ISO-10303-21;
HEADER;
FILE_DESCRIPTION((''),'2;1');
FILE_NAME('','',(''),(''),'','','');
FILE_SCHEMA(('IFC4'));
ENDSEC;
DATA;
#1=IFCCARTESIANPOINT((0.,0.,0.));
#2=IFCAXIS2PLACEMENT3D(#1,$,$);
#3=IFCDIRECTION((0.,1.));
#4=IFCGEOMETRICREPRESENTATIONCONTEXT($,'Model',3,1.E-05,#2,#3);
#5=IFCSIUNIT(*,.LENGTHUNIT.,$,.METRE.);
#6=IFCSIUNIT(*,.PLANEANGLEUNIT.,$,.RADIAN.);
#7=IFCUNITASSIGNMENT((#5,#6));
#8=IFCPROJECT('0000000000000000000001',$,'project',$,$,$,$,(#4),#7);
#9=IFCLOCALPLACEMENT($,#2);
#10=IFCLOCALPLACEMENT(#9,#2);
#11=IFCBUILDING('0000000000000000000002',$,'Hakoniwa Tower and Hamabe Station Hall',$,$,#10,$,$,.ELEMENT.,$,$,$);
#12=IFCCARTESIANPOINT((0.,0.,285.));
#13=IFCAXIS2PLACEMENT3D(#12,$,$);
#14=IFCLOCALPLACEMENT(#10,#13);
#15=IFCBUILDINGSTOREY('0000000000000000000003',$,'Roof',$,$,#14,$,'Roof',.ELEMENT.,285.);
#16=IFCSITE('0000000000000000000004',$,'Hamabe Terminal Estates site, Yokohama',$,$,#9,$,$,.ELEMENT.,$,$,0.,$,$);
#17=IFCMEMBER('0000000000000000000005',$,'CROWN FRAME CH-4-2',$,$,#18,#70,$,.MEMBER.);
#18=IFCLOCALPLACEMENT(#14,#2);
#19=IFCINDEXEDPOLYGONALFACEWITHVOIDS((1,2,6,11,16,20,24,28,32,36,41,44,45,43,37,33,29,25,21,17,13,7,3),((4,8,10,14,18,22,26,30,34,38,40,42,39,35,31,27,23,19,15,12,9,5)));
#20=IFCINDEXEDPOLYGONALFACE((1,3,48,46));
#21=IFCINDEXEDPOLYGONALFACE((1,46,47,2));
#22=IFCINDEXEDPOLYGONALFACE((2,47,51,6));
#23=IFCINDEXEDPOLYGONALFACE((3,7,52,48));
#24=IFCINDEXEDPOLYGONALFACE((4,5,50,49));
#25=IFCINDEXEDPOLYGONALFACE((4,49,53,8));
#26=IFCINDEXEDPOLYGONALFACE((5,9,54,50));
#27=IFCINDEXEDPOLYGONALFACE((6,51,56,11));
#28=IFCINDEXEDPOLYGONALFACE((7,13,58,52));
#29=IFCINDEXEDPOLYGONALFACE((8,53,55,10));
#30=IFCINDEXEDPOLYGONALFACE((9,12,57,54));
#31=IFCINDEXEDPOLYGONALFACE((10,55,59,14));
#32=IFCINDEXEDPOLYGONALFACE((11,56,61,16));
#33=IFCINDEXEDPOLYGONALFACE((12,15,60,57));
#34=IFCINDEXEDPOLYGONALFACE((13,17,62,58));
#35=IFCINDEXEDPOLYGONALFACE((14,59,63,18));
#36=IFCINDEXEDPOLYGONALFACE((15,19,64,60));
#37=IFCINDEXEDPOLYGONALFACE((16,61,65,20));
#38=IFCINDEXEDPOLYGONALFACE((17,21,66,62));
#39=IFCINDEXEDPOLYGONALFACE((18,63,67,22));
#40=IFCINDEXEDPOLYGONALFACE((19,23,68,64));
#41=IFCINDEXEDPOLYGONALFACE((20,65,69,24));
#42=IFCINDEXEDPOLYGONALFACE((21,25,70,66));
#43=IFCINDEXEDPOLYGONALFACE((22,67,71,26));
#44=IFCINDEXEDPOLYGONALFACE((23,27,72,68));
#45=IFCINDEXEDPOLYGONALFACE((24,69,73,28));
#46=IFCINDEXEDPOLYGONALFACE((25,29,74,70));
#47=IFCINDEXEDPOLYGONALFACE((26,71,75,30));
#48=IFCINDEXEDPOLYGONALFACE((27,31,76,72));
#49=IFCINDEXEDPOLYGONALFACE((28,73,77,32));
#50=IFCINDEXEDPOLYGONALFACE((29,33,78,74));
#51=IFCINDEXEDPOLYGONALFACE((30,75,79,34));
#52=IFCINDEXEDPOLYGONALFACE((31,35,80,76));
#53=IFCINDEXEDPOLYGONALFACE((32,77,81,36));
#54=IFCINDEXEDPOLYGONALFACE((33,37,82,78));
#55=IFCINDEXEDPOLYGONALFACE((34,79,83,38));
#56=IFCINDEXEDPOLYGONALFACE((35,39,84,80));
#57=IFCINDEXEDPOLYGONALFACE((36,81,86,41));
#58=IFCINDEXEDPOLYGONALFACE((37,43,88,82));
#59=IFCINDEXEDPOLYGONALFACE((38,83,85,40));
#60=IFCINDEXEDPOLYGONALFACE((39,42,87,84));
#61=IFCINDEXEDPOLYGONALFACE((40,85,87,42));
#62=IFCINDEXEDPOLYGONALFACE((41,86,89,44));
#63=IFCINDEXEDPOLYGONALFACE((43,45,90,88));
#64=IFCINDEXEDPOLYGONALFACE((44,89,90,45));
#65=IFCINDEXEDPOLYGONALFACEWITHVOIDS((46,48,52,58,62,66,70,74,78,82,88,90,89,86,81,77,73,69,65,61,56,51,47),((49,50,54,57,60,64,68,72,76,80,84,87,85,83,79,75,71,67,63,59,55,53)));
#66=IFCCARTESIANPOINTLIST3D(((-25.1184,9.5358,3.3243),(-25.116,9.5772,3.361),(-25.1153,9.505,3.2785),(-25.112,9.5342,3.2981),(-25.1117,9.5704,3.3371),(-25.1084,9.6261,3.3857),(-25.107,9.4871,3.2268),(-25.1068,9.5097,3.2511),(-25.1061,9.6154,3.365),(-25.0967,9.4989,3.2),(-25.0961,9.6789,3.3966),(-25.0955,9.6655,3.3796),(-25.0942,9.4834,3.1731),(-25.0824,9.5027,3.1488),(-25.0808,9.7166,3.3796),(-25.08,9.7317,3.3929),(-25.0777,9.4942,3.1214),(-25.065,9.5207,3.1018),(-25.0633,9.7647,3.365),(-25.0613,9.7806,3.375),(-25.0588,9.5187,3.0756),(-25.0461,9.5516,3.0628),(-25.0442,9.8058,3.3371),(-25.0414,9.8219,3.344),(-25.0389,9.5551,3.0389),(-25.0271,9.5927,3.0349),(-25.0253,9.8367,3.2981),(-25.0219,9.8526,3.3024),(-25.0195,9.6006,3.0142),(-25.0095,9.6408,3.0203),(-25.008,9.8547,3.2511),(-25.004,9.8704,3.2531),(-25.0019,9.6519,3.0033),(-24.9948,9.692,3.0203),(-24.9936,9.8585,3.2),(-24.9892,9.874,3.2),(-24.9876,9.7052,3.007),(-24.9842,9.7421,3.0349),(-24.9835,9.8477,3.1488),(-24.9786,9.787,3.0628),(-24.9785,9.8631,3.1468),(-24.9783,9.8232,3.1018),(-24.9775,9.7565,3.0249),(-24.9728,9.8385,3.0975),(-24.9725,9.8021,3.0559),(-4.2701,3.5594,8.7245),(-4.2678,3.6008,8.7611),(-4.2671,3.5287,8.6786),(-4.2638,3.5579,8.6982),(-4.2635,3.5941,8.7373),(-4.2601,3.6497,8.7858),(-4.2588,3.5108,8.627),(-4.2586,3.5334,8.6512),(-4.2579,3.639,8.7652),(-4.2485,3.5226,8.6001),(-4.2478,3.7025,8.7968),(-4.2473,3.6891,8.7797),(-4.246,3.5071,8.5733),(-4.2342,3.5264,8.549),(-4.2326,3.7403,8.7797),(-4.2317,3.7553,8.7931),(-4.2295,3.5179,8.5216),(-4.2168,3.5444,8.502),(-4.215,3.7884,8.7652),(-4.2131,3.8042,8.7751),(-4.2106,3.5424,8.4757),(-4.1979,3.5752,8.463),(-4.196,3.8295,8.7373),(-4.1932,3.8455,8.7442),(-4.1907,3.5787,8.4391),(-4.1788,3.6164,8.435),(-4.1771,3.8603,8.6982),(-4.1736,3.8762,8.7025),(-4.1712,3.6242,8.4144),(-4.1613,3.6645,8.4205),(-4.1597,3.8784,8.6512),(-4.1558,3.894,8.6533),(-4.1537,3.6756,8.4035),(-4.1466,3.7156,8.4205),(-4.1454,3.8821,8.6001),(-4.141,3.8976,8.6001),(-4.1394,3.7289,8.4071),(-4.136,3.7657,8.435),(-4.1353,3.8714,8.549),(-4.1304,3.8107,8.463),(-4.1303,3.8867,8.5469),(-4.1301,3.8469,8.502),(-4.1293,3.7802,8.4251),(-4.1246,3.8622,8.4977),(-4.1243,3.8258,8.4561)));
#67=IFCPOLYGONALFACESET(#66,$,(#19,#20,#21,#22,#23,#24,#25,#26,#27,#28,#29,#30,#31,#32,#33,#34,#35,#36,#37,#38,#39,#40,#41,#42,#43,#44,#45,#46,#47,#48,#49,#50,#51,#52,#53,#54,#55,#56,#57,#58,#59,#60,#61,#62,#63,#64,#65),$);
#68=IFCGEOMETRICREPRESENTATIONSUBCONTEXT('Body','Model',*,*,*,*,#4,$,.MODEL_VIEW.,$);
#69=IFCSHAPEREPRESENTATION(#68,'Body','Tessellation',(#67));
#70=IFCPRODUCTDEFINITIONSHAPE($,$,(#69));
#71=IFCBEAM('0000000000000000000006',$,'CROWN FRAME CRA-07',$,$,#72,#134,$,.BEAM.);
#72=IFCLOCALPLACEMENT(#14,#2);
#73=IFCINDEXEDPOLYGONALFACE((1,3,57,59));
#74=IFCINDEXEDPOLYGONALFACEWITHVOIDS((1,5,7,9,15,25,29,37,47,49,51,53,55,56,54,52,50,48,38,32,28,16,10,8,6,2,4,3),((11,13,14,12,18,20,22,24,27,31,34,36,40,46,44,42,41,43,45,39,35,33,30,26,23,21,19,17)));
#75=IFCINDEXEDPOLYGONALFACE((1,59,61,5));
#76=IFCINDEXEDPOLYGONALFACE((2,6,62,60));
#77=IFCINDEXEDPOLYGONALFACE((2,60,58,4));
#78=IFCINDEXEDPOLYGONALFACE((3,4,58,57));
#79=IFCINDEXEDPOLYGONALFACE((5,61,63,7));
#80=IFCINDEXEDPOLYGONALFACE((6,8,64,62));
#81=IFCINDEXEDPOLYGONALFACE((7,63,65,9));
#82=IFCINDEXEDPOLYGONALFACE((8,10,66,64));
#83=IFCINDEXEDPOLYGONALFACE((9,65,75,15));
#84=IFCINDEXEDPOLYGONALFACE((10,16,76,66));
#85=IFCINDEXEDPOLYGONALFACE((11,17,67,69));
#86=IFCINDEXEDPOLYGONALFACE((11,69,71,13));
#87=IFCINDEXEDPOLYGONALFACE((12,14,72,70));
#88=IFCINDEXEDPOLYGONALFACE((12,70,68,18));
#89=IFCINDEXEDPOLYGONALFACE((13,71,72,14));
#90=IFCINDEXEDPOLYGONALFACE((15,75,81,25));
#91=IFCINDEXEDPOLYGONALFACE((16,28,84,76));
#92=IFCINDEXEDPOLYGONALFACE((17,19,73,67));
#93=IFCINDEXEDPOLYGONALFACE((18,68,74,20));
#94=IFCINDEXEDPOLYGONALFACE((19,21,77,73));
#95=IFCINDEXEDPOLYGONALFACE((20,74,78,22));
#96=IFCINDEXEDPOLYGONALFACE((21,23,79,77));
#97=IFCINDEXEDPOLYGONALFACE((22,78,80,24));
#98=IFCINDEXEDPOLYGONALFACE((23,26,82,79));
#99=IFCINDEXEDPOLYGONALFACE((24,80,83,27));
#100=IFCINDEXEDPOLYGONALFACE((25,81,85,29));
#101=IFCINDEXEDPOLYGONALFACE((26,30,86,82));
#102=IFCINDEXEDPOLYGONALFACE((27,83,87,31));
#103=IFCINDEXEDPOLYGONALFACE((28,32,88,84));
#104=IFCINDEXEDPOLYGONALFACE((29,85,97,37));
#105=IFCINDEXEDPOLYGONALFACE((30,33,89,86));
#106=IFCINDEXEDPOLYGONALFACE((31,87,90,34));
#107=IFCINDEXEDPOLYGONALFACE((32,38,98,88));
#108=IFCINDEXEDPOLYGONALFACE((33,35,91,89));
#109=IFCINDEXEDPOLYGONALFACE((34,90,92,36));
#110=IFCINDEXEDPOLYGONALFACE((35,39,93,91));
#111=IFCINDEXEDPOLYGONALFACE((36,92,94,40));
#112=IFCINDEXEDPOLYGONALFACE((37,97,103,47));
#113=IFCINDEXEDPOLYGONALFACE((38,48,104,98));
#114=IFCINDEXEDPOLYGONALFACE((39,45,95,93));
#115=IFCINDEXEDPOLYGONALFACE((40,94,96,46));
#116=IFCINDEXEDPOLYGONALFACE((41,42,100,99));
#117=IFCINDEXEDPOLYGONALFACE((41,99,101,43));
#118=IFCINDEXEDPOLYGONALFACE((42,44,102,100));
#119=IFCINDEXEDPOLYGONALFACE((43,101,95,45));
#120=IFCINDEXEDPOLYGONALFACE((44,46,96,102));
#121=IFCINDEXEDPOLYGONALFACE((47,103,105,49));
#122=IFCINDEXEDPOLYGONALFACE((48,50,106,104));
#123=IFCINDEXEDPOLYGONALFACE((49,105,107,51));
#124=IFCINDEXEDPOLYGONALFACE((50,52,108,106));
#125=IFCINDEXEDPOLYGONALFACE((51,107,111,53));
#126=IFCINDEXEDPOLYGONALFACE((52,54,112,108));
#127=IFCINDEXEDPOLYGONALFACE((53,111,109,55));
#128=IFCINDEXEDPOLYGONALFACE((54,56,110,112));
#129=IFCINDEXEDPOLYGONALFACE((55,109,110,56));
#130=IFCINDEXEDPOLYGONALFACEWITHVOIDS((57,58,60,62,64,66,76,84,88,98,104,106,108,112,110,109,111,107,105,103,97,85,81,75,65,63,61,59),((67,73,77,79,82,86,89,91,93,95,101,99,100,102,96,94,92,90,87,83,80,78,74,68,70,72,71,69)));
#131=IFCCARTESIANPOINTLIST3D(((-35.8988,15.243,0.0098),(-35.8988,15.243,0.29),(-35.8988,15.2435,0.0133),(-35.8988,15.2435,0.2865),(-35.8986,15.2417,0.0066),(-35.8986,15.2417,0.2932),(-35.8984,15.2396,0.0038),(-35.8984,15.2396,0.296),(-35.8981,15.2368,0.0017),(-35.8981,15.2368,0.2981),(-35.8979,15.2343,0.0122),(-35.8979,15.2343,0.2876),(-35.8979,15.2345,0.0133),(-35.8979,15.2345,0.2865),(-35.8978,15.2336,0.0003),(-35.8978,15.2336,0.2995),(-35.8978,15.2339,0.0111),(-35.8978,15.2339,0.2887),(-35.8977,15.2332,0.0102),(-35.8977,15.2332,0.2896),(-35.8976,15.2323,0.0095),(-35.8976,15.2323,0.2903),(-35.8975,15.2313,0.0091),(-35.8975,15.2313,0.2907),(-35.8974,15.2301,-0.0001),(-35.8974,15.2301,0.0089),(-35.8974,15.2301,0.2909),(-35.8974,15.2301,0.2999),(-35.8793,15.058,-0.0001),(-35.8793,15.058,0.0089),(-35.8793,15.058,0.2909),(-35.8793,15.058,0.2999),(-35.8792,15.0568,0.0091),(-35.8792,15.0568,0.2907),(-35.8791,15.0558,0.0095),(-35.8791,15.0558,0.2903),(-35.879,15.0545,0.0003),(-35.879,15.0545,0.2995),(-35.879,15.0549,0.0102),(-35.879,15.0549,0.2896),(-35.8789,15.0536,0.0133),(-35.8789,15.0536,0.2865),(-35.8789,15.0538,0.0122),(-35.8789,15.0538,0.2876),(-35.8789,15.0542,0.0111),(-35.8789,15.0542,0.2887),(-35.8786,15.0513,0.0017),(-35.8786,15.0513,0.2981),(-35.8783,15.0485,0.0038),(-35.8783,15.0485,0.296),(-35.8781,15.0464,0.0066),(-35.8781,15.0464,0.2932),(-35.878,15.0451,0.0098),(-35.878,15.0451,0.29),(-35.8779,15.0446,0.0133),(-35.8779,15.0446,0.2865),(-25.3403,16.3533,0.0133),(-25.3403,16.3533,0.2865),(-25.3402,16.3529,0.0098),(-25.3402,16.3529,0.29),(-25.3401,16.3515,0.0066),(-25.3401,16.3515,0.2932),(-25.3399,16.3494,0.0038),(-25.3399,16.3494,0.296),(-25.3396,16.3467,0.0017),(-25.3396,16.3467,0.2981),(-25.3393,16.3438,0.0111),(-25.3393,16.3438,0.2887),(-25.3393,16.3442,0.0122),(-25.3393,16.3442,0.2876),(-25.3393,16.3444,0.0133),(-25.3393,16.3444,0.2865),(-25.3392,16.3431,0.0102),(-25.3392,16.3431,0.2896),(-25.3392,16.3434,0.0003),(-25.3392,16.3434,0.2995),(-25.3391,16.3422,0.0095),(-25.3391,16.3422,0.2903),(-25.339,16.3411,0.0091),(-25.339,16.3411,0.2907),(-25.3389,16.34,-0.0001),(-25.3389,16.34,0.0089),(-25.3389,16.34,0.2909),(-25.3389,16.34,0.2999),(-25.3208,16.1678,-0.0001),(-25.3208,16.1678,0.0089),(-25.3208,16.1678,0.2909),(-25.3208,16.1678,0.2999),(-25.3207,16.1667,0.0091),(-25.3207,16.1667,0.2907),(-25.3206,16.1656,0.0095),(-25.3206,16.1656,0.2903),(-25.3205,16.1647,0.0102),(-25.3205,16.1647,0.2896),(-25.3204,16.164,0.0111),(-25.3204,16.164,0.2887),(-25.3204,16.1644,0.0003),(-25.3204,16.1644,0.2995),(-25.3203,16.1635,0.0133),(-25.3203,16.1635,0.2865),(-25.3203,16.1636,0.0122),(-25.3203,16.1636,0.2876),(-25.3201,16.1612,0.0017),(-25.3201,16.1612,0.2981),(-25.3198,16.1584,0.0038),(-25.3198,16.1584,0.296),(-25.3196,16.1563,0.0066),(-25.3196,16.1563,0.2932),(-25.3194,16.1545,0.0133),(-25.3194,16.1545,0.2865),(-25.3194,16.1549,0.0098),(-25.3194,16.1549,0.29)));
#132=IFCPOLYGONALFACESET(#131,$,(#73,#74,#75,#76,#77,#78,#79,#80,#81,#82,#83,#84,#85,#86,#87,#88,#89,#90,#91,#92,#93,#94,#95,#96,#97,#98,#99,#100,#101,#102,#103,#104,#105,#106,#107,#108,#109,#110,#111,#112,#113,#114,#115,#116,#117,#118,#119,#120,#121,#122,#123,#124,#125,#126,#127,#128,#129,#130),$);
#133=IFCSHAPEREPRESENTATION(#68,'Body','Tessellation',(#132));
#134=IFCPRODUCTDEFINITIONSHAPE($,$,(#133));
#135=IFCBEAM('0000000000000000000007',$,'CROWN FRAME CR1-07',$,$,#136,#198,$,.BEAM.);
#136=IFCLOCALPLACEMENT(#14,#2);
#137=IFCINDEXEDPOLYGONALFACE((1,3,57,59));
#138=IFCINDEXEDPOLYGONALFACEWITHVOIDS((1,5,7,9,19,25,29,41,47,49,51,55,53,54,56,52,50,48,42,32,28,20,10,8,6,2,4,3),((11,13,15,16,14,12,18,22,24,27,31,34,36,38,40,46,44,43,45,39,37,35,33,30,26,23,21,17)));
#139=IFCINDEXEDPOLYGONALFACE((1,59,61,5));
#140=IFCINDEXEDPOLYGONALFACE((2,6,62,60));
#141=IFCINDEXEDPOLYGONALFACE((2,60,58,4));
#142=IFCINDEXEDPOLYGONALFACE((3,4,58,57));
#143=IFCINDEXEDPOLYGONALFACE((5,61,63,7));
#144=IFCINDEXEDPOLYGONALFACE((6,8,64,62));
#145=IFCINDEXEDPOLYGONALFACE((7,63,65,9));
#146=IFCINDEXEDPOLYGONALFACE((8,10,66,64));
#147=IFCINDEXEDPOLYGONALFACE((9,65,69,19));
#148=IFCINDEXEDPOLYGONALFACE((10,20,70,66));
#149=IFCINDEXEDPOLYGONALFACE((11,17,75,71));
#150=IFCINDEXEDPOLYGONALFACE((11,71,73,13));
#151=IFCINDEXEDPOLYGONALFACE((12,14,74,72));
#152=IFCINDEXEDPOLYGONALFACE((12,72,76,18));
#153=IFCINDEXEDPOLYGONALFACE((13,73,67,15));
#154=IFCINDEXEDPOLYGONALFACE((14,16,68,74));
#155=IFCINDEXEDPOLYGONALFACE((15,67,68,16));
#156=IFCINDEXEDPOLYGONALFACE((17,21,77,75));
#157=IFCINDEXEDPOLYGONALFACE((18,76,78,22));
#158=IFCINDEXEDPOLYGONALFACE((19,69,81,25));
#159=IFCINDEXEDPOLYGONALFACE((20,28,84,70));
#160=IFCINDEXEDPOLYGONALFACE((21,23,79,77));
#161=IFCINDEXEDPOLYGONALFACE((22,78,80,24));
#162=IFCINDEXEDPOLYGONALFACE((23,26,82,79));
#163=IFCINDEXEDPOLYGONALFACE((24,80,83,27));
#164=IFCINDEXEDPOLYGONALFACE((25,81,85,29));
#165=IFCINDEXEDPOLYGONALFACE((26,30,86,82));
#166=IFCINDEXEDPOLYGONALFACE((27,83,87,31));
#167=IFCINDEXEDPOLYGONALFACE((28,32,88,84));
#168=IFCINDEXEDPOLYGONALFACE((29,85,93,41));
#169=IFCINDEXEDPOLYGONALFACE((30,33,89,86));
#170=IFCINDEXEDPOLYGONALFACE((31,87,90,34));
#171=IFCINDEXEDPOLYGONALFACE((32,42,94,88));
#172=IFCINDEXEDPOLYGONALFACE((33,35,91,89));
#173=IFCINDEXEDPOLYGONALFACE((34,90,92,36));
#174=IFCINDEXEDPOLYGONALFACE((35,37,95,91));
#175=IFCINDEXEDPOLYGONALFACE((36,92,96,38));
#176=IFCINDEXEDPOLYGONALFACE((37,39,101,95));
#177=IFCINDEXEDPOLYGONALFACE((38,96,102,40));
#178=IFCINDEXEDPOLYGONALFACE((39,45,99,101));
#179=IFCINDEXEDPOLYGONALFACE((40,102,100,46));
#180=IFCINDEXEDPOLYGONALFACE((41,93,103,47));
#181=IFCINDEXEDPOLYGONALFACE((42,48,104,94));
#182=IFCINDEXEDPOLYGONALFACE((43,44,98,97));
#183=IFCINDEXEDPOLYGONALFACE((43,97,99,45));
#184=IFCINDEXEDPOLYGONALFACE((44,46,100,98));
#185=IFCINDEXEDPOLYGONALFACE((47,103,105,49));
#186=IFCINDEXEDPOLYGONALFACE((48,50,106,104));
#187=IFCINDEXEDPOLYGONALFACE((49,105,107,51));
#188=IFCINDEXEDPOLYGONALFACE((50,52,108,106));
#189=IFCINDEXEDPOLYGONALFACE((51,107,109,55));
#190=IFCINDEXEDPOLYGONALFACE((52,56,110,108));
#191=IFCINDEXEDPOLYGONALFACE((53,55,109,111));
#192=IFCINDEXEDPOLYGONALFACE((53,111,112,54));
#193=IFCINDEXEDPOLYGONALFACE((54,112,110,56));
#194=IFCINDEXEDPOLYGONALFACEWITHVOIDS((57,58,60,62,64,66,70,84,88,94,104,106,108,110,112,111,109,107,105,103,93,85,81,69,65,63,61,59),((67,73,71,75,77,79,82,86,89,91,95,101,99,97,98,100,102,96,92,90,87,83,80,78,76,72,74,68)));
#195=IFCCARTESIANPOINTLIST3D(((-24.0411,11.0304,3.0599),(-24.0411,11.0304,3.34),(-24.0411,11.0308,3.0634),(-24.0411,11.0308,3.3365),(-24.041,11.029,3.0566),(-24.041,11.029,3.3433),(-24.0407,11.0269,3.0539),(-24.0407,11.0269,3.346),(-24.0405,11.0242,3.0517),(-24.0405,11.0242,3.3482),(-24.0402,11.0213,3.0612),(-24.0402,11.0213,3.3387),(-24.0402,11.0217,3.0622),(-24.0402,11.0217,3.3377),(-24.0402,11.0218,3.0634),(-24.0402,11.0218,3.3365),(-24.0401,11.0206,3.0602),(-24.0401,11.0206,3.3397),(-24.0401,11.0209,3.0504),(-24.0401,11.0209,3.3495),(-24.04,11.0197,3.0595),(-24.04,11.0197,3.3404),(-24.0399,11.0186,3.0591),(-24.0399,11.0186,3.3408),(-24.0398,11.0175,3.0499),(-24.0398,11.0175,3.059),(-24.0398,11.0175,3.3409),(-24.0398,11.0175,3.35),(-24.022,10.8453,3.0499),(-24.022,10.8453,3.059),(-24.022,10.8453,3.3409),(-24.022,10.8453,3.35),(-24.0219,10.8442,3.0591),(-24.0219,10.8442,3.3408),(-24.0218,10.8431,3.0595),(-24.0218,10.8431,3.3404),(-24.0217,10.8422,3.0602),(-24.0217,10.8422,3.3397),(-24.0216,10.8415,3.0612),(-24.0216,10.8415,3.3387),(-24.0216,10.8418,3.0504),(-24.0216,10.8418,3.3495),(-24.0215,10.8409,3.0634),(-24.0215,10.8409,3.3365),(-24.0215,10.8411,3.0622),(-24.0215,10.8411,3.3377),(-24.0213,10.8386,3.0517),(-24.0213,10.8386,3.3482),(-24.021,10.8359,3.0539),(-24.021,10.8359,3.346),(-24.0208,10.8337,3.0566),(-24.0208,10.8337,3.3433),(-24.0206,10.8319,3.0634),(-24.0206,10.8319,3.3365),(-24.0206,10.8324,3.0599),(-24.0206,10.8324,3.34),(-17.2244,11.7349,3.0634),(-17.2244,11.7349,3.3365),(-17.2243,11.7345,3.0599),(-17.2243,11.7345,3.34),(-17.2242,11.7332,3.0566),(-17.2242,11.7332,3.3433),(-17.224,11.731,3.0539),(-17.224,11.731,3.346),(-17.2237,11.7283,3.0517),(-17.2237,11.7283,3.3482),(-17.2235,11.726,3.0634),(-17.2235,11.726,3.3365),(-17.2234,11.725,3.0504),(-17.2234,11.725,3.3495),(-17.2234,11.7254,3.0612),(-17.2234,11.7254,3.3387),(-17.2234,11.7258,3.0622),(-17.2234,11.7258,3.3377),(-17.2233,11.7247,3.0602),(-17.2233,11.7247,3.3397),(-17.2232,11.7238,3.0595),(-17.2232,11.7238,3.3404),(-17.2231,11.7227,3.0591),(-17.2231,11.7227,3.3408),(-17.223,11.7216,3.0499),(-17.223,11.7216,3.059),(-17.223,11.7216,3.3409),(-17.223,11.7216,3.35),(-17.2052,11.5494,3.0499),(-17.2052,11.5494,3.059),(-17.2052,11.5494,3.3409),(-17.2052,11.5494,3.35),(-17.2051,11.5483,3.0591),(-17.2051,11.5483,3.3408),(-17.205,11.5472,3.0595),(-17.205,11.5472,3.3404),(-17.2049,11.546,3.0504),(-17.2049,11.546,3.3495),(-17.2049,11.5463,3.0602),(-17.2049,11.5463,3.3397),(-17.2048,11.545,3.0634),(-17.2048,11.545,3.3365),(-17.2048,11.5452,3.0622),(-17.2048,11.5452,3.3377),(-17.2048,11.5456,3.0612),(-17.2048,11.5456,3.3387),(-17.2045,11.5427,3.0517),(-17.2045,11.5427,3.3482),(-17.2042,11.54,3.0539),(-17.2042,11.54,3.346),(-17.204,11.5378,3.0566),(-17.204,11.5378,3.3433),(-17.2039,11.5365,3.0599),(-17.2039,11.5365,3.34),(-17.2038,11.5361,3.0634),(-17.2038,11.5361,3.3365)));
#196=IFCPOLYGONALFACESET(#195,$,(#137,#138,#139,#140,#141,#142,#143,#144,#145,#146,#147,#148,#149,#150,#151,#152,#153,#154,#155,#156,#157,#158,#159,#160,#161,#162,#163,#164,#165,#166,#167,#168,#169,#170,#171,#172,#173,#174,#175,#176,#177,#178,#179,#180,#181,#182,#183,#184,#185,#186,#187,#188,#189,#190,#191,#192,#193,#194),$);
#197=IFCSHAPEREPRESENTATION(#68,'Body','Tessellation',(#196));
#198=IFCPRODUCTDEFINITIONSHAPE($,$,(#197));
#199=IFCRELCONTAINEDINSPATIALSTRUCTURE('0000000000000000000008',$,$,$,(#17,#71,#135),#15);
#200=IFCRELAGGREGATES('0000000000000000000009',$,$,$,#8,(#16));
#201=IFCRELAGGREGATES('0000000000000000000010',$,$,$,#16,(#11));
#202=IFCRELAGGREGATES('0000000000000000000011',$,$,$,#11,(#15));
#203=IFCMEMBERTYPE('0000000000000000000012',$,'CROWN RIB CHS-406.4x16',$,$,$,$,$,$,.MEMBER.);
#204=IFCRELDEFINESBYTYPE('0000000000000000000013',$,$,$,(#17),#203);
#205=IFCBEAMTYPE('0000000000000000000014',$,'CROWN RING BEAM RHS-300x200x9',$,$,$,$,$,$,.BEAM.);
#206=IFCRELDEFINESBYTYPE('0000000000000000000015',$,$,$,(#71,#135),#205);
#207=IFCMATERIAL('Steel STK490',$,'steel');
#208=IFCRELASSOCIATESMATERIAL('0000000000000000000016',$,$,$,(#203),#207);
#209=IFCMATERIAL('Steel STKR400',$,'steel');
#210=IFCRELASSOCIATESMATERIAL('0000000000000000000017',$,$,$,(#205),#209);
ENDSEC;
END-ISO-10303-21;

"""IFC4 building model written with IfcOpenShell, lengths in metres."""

from ifc_helpers import new_model, si_unit, direction, frame, origin, origin_2d, place, context, subcontext, project, spatial, hollow_rectangle, hollow_circle, extrude, material, material_profile, profile_set, type_object, element, save


model = new_model("IFC4")

# Units and contexts
model_context = context("Model", 3, precision=1e-05, world=origin(), true_north=direction((0.0, 1.0)))
body_context = subcontext(model_context, "Body", "Model", "MODEL_VIEW")
ifc_project = project(units=[si_unit("LENGTHUNIT", "METRE"), si_unit("PLANEANGLEUNIT", "RADIAN")], contexts=[model_context])

# Site, building, storey
site_placement = place(None, origin())
site = spatial("IfcSite", under=ifc_project, at=site_placement, Name="Hamabe Terminal Estates site, Yokohama", CompositionType="ELEMENT", RefElevation=0.0)
building_placement = place(site_placement, origin())
building = spatial("IfcBuilding", under=site, at=building_placement, Name="Hakoniwa Tower and Hamabe Station Hall", CompositionType="ELEMENT")
storey_placement = place(building_placement, frame((0.0, 0.0, 285.0)))
storey = spatial("IfcBuildingStorey", under=building, at=storey_placement, Name="Roof", LongName="Roof", CompositionType="ELEMENT", Elevation=285.0)

# Member
ifc_material_1 = material(Name="Steel STK490", Category="steel")
ifc_material_profile_1 = material_profile(ifc_material_1, hollow_circle(Radius=0.2031, WallThickness=0.0161, at=origin_2d()), Name="CHS-406.4x16")
ifc_profile_set_1 = profile_set([ifc_material_profile_1], Name="Steel STK490")
member_type_1 = type_object("IfcMemberType", Name="CROWN RIB CHS-406.4x16", PredefinedType="MEMBER", material=ifc_profile_set_1)
member_1_placement = place(storey_placement, frame((-25.0452, 9.6787, 3.2), z_axis=(0.932802, -0.267397, 0.241617), x_axis=(0.275561, 0.961284, 0.0)))
element("IfcMember", 1, at=member_1_placement, inside=storey, type_object=member_type_1, Name="CROWN FRAME CH-4-2", PredefinedType="MEMBER", context=body_context, shape_type="SweptSolid", body=[
    extrude(hollow_circle(Radius=0.2031, WallThickness=0.0161, at=origin_2d()), origin(), (0.0, 0.0, 1.0), 22.3501),
])

# Beams
ifc_material_2 = material(Name="Steel STKR400", Category="steel")
ifc_material_profile_2 = material_profile(ifc_material_2, hollow_rectangle(XDim=0.2, YDim=0.3, WallThickness=0.009, InnerFilletRadius=0.0044, OuterFilletRadius=0.0134, at=origin_2d()), Name="RHS-300x200x9")
ifc_profile_set_2 = profile_set([ifc_material_profile_2], Name="Steel STKR400")
beam_type = type_object("IfcBeamType", Name="CROWN RING BEAM RHS-300x200x9", PredefinedType="BEAM", material=ifc_profile_set_2)
beam_1_placement = place(storey_placement, frame((-25.3298, 16.2539, 0.1499), z_axis=(-0.994521, -0.104539, 0.0), x_axis=(0.104539, -0.994521, 0.0)))
element("IfcBeam", 2, at=beam_1_placement, inside=storey, type_object=beam_type, Name="CROWN FRAME CRA-07", PredefinedType="BEAM", context=body_context, shape_type="SweptSolid", body=[
    extrude(hollow_rectangle(XDim=0.2, YDim=0.3, WallThickness=0.009, InnerFilletRadius=0.0044, OuterFilletRadius=0.0134, at=origin_2d()), origin(), (0.0, 0.0, 1.0), 10.6167),
])
beam_2_placement = place(storey_placement, frame((-17.2141, 11.6355, 3.2), z_axis=(-0.994708, -0.102745, 0.0), x_axis=(0.102745, -0.994708, 0.0)))
element("IfcBeam", 3, at=beam_2_placement, inside=storey, type_object=beam_type, Name="CROWN FRAME CR1-07", PredefinedType="BEAM", context=body_context, shape_type="SweptSolid", body=[
    extrude(hollow_rectangle(XDim=0.2, YDim=0.3, WallThickness=0.009, InnerFilletRadius=0.0044, OuterFilletRadius=0.0134, at=origin_2d()), origin(), (0.0, 0.0, 1.0), 6.853),
])

save(model, "model.ifc")
